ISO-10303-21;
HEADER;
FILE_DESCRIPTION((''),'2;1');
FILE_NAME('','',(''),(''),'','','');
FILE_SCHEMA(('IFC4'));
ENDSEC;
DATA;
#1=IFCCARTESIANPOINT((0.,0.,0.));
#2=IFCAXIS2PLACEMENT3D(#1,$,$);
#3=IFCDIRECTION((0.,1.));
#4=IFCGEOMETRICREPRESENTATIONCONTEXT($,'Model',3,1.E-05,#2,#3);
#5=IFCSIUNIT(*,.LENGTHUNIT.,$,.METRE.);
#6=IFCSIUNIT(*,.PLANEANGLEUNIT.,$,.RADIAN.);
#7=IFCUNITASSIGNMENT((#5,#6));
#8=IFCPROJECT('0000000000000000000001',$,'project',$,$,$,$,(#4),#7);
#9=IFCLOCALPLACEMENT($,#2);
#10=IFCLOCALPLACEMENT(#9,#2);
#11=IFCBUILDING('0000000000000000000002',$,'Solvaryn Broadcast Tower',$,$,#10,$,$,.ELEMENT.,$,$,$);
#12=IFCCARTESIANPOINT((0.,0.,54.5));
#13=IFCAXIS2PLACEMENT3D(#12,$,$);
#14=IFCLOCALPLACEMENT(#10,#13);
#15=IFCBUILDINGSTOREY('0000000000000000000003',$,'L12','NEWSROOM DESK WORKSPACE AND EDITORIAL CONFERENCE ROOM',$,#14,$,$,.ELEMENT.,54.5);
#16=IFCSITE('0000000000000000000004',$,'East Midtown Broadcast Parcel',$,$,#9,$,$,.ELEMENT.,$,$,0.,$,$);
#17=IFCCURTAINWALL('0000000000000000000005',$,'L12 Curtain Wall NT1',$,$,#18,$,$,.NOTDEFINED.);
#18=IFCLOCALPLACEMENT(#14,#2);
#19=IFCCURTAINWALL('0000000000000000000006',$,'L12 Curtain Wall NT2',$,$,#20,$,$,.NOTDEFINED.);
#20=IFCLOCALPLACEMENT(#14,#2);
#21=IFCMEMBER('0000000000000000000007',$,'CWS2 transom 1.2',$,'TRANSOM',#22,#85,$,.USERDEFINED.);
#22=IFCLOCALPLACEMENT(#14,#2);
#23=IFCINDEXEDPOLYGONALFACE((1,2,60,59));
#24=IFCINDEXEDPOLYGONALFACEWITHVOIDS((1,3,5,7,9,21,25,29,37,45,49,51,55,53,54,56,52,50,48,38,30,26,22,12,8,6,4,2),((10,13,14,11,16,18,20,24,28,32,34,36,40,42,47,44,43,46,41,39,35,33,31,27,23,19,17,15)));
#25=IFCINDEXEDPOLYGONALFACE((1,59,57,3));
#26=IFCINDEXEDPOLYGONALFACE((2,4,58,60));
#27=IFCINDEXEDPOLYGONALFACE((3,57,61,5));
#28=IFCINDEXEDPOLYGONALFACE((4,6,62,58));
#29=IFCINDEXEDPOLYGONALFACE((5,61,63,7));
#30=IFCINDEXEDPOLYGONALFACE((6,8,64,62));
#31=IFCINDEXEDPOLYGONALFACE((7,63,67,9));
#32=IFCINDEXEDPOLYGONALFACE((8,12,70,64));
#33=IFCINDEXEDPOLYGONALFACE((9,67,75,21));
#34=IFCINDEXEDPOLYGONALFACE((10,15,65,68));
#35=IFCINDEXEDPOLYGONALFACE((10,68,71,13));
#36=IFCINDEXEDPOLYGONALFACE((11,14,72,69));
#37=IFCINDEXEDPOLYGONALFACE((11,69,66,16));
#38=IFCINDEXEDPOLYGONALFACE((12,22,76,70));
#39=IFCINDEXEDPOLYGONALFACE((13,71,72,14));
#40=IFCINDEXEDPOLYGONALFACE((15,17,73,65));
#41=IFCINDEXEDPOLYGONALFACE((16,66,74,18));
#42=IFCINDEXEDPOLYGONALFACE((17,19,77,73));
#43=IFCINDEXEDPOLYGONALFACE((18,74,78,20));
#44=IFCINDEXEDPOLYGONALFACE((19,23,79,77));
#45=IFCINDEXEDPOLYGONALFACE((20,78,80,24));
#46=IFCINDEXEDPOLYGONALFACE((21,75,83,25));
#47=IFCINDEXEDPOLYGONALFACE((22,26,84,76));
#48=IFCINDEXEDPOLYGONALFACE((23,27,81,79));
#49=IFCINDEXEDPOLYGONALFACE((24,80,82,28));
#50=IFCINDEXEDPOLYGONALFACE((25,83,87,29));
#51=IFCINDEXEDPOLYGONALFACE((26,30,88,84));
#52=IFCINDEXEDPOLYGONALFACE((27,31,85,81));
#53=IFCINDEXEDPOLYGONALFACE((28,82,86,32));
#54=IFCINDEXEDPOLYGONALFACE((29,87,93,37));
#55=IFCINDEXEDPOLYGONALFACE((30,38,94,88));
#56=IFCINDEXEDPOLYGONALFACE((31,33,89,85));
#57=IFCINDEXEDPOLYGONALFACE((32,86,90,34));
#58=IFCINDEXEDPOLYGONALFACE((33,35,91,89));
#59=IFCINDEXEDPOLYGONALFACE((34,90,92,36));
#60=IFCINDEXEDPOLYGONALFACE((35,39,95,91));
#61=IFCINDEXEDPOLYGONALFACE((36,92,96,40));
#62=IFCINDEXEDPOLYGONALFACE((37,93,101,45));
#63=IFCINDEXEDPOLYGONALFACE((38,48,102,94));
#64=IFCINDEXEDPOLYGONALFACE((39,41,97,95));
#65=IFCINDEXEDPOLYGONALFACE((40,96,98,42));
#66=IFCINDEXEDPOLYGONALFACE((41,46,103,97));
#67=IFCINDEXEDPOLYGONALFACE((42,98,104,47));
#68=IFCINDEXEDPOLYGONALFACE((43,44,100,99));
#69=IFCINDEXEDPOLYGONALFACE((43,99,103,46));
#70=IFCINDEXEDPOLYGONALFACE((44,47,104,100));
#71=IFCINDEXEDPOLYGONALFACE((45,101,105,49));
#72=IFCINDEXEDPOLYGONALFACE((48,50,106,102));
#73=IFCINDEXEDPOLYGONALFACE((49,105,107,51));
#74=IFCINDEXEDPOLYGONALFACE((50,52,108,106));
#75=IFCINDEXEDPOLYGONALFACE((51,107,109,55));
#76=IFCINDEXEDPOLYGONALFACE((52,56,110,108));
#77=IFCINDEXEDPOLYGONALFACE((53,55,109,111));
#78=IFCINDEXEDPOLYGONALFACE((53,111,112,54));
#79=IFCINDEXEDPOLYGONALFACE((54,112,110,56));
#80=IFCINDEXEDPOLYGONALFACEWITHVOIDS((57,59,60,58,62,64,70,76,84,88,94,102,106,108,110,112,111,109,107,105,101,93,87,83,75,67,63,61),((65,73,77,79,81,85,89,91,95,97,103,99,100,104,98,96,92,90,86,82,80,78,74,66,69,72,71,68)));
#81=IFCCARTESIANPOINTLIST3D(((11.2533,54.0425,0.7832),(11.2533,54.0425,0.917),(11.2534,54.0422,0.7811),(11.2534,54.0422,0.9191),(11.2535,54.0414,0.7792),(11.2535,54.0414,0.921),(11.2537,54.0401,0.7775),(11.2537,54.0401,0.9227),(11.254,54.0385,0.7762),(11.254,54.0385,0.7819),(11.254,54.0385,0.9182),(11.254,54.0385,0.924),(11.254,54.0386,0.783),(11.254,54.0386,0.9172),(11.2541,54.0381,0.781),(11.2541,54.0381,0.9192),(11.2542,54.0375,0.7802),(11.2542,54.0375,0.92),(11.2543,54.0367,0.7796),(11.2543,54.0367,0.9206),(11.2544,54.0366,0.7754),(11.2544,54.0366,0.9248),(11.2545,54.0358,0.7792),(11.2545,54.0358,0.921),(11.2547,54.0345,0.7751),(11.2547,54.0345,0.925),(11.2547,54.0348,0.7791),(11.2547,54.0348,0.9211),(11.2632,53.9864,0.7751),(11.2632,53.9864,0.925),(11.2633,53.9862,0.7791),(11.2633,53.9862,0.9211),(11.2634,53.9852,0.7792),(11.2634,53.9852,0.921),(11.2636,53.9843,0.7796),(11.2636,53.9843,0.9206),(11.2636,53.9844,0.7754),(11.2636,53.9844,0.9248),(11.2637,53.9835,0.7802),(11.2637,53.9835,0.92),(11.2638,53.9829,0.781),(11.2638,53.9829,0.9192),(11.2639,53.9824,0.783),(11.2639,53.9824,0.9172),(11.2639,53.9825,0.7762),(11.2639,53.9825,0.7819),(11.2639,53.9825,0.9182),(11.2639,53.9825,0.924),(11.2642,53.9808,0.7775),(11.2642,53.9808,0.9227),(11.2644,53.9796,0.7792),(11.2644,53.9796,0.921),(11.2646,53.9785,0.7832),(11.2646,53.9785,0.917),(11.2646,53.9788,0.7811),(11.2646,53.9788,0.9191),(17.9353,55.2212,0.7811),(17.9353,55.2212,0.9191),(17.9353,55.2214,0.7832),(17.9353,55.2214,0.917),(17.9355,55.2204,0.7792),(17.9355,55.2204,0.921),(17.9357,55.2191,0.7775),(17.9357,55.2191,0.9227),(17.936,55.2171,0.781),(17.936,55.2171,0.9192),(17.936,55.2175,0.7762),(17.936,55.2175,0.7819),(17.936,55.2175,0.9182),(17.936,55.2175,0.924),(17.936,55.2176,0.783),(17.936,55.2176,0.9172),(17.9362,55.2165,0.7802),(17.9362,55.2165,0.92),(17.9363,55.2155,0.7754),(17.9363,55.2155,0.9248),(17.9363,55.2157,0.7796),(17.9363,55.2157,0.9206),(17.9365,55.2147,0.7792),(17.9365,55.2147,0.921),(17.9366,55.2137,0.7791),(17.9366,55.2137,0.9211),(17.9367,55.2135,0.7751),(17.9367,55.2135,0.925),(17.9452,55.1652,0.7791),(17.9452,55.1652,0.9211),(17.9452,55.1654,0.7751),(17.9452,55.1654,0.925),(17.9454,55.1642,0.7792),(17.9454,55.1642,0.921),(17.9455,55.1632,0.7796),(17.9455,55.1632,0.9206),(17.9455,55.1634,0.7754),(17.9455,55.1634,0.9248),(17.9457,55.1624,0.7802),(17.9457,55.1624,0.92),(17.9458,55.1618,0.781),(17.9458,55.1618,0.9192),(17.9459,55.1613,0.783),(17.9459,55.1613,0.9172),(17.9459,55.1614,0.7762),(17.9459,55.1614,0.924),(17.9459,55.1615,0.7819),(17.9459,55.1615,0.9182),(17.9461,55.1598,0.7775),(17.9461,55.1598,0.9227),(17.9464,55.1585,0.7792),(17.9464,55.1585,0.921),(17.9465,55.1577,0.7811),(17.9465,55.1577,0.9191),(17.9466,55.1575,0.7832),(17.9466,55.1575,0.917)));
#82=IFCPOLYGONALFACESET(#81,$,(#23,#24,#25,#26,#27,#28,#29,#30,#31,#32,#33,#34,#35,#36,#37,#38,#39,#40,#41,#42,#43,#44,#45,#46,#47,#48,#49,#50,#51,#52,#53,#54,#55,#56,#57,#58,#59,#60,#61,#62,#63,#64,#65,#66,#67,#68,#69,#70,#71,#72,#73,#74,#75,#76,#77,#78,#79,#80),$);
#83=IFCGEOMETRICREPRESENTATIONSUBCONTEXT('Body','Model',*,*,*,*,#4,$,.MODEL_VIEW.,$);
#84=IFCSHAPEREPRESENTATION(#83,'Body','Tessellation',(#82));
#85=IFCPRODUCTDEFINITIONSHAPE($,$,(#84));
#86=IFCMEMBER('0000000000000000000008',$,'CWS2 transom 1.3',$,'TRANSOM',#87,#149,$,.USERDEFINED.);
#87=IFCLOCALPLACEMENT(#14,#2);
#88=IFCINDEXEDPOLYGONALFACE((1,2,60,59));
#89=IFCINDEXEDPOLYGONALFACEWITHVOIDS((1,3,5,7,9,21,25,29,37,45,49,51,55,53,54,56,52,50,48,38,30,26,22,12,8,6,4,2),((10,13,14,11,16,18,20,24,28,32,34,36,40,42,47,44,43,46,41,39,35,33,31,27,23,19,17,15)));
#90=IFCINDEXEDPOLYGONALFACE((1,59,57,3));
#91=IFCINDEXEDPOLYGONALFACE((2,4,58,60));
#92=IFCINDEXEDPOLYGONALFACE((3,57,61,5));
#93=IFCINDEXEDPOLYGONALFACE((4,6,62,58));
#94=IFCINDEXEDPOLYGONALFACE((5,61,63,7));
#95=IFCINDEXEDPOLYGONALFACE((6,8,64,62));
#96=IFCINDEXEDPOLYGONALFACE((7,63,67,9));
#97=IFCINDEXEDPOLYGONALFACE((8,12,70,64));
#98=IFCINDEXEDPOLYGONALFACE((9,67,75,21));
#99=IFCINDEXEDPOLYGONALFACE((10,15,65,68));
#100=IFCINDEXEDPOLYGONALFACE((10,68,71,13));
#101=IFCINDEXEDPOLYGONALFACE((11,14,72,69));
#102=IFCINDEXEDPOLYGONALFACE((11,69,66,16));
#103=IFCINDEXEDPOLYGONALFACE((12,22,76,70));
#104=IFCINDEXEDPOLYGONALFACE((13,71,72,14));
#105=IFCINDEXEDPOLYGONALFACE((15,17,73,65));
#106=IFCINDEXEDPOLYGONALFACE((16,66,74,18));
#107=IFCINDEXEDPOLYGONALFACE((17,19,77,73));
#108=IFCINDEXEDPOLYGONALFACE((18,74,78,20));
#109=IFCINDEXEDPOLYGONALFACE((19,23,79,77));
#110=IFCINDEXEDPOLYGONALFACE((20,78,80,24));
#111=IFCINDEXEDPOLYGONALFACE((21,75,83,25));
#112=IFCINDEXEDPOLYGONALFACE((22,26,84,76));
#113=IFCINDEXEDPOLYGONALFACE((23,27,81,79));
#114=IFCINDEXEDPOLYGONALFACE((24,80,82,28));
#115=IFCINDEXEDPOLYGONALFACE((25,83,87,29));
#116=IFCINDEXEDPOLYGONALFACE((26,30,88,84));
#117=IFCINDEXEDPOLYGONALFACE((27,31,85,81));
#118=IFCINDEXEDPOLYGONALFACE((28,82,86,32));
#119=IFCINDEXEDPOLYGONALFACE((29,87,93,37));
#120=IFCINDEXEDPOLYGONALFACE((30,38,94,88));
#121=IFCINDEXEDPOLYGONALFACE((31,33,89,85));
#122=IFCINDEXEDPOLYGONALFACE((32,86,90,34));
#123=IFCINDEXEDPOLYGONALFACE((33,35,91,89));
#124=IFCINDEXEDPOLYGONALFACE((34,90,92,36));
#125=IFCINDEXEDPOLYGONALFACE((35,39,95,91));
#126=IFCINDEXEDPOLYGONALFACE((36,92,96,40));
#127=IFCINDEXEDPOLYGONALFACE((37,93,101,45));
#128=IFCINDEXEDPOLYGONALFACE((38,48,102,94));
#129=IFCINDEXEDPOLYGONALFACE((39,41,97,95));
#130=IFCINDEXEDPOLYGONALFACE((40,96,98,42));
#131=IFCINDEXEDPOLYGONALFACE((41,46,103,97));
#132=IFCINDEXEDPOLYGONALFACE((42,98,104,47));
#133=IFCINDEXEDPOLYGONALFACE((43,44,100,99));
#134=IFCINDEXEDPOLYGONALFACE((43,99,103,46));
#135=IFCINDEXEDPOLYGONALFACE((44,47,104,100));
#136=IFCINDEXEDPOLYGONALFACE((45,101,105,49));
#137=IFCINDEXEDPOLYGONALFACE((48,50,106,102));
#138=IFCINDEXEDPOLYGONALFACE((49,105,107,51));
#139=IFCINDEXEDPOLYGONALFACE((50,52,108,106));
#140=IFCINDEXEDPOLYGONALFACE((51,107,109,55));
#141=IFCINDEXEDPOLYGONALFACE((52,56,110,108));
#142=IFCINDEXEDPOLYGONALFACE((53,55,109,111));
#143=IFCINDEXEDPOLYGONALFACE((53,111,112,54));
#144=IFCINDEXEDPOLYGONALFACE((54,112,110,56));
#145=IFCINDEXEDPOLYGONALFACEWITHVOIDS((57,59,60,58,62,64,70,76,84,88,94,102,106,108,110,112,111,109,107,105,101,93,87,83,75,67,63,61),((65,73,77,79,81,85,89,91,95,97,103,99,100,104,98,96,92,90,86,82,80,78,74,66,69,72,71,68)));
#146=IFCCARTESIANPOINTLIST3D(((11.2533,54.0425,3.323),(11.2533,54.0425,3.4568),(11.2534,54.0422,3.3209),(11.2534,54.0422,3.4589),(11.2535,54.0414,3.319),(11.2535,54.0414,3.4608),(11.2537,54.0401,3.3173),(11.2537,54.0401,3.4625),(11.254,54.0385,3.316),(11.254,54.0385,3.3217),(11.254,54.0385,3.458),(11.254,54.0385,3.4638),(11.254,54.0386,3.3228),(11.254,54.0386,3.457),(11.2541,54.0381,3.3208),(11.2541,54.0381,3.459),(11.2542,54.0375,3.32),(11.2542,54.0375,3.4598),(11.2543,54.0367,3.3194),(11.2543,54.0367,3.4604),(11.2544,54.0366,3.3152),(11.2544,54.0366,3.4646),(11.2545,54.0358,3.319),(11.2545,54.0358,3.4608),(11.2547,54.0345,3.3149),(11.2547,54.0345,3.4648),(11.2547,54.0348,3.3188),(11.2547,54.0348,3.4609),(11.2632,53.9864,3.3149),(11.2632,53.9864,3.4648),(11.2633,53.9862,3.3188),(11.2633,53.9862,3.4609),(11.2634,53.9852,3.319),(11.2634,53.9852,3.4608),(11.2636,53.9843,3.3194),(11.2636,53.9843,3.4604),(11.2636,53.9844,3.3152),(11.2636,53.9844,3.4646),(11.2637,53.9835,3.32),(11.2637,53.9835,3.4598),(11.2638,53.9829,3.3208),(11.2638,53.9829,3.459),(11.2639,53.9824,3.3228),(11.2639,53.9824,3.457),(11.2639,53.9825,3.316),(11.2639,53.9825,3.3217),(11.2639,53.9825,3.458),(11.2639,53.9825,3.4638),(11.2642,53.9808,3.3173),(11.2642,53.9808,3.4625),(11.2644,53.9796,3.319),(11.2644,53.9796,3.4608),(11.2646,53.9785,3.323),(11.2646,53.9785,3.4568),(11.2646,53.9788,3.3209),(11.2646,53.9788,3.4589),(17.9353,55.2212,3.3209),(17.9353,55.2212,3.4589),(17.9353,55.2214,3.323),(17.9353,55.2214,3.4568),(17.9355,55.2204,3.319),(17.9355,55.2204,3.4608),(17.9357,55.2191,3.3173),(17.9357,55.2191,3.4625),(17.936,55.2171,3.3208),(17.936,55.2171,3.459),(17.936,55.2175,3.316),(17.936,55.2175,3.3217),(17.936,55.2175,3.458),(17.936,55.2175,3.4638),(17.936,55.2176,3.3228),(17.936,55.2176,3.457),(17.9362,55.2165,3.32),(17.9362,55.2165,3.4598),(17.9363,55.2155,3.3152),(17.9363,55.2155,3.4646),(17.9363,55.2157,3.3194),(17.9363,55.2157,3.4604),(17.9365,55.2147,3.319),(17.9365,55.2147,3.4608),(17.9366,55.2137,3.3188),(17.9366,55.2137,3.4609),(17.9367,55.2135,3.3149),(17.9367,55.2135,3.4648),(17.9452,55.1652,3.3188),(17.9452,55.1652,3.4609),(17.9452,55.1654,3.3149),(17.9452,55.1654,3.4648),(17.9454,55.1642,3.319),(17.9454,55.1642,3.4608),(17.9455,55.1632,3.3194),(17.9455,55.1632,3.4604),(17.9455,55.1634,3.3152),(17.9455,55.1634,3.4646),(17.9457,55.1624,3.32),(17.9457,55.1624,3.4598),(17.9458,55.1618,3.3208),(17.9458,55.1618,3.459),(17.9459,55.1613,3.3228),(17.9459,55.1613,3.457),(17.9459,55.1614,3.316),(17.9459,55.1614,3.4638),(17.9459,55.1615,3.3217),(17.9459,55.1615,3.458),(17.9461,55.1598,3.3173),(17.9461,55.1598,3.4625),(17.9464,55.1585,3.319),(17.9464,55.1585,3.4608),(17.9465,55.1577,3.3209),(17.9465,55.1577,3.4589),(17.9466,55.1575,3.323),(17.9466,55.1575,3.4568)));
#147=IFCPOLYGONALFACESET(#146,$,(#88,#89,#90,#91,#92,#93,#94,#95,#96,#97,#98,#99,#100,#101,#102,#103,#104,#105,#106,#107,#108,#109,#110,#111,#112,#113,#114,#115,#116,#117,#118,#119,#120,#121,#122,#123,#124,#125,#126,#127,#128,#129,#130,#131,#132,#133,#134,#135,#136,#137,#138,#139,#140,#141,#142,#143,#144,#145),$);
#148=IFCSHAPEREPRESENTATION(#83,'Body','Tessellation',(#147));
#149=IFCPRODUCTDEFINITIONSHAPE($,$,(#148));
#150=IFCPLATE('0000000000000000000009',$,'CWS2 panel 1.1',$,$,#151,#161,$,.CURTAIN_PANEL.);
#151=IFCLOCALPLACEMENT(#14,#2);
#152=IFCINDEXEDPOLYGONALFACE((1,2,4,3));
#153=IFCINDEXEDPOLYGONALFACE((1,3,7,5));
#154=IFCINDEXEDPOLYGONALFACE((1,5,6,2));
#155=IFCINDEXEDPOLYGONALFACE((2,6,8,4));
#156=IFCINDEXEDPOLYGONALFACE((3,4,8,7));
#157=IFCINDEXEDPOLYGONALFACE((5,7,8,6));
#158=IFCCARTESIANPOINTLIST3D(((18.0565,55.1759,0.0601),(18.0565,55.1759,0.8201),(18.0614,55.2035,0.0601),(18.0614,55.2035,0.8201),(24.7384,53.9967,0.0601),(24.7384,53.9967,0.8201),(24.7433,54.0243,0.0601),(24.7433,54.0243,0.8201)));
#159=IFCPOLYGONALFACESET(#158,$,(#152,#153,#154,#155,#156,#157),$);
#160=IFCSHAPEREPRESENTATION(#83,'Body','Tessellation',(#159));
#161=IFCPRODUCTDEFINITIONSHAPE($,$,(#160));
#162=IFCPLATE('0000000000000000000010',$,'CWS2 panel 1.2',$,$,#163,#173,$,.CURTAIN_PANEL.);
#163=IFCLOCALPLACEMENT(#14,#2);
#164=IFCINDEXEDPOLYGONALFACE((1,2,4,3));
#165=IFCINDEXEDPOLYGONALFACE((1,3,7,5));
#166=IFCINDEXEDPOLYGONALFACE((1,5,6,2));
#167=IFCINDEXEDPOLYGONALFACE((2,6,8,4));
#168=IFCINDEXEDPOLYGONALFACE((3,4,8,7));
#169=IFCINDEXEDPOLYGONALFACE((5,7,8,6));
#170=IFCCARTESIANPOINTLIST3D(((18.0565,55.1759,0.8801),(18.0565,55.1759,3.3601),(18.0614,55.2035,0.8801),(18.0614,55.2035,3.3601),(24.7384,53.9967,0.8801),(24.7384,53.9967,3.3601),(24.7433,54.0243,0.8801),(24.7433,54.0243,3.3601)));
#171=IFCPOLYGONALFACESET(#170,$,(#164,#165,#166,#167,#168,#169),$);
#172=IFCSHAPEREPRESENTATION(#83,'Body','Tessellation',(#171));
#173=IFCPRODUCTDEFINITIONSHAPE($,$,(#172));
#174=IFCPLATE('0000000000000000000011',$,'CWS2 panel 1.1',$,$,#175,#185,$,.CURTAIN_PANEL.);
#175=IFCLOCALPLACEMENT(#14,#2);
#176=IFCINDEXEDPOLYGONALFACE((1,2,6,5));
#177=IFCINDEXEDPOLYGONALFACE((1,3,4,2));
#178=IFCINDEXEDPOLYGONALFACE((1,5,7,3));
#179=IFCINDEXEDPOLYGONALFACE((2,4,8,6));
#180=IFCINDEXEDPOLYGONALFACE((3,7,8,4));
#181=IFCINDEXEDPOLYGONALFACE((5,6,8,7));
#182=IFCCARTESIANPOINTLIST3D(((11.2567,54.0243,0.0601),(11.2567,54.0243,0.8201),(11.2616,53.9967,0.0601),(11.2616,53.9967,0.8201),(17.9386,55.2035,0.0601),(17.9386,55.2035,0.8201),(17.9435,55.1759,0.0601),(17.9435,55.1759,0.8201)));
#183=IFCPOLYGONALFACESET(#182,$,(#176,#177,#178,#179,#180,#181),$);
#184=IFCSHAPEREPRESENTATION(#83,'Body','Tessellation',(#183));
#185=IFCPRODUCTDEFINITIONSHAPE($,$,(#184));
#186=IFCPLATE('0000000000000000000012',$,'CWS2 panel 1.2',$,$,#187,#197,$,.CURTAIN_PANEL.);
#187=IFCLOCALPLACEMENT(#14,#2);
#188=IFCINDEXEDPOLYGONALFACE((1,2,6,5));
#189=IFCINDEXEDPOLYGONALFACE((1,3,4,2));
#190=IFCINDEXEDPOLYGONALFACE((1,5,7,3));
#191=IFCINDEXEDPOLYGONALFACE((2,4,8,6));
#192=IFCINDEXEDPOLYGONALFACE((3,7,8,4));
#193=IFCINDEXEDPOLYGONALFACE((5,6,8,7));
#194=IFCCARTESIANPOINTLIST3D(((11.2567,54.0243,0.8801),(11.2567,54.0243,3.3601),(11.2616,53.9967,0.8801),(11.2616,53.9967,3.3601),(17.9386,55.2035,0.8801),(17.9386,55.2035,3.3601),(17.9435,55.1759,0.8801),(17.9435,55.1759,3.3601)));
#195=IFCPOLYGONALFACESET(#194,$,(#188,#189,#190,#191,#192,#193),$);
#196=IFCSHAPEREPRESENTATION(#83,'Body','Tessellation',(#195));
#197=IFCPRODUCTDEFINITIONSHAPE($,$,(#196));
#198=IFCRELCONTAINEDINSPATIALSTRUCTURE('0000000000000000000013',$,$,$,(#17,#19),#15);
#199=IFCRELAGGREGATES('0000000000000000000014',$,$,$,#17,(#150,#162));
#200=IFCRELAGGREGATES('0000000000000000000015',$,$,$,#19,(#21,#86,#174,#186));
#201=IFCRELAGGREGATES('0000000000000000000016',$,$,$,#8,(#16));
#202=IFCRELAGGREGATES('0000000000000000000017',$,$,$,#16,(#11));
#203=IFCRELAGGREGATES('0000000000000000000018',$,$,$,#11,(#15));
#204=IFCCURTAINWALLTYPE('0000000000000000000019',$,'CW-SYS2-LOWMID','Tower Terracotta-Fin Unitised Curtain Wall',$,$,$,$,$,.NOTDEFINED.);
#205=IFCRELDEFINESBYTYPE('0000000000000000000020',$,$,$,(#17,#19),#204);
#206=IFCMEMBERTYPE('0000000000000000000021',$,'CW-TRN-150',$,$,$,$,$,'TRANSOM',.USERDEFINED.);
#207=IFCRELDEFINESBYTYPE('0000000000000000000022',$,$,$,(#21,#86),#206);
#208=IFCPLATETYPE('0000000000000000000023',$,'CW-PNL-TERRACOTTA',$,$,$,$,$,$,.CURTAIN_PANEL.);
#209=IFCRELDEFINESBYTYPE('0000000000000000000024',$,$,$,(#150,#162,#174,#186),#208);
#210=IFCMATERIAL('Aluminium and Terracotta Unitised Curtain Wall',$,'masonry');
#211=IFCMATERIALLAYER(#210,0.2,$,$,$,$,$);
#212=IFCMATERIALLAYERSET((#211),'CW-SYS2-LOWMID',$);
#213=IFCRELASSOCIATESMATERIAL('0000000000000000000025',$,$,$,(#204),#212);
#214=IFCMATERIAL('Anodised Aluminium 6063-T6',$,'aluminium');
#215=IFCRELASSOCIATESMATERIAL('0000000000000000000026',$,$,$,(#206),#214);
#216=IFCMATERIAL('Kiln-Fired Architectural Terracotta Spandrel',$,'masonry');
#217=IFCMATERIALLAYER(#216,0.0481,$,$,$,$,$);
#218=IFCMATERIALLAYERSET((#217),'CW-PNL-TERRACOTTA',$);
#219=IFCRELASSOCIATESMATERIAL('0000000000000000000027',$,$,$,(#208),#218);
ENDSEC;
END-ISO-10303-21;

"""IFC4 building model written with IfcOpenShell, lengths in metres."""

from ifc_helpers import new_model, si_unit, direction, frame, origin, origin_2d, place, context, subcontext, project, spatial, rectangle, hollow_rectangle, extrude, material, layer, layer_set, material_profile, profile_set, type_object, element, aggregate, save


model = new_model("IFC4")

# Units and contexts
model_context = context("Model", 3, precision=1e-05, world=origin(), true_north=direction((0.0, 1.0)))
body_context = subcontext(model_context, "Body", "Model", "MODEL_VIEW")
ifc_project = project(units=[si_unit("LENGTHUNIT", "METRE"), si_unit("PLANEANGLEUNIT", "RADIAN")], contexts=[model_context])

# Site, building, storey
site_placement = place(None, origin())
site = spatial("IfcSite", under=ifc_project, at=site_placement, Name="East Midtown Broadcast Parcel", CompositionType="ELEMENT", RefElevation=0.0)
building_placement = place(site_placement, origin())
building = spatial("IfcBuilding", under=site, at=building_placement, Name="Solvaryn Broadcast Tower", CompositionType="ELEMENT")
storey_placement = place(building_placement, frame((0.0, 0.0, 54.5)))
storey = spatial("IfcBuildingStorey", under=building, at=storey_placement, Name="L12", Description="NEWSROOM DESK WORKSPACE AND EDITORIAL CONFERENCE ROOM", CompositionType="ELEMENT", Elevation=54.5)

# Curtain walls
ifc_material_1 = material(Name="Aluminium and Terracotta Unitised Curtain Wall", Category="masonry")
ifc_layer_1 = layer(ifc_material_1, 0.2)
ifc_layer_set_1 = layer_set([ifc_layer_1], Name="CW-SYS2-LOWMID")
curtain_wall_type = type_object("IfcCurtainWallType", Name="CW-SYS2-LOWMID", Description="Tower Terracotta-Fin Unitised Curtain Wall", PredefinedType="NOTDEFINED", material=ifc_layer_set_1)
curtain_wall_1_placement = place(storey_placement, origin())
curtain_wall_1 = element("IfcCurtainWall", 1, at=curtain_wall_1_placement, inside=storey, type_object=curtain_wall_type, Name="L12 Curtain Wall NT1", PredefinedType="NOTDEFINED")
curtain_wall_2_placement = place(storey_placement, origin())
curtain_wall_2 = element("IfcCurtainWall", 2, at=curtain_wall_2_placement, inside=storey, type_object=curtain_wall_type, Name="L12 Curtain Wall NT2", PredefinedType="NOTDEFINED")

# Members
ifc_material_2 = material(Name="Anodised Aluminium 6063-T6", Category="aluminium")
ifc_material_profile_1 = material_profile(ifc_material_2, hollow_rectangle(XDim=0.0649, YDim=0.1499, WallThickness=0.0039, InnerFilletRadius=0.0039, OuterFilletRadius=0.0081, at=origin_2d()))
ifc_profile_set_1 = profile_set([ifc_material_profile_1], Name="Anodised Aluminium 6063-T6")
member_type_1 = type_object("IfcMemberType", Name="CW-TRN-150", ElementType="TRANSOM", PredefinedType="USERDEFINED", material=ifc_profile_set_1)
member_1_placement = place(storey_placement, frame((17.9409, 55.1895, 0.8501), z_axis=(-0.984789, -0.173757, 0.0), x_axis=(0.173757, -0.984789, 0.0)))
member_1 = element("IfcMember", 3, at=member_1_placement, type_object=member_type_1, Name="CWS2 transom 1.2", ObjectType="TRANSOM", PredefinedType="USERDEFINED", context=body_context, shape_type="SweptSolid", body=[
    extrude(hollow_rectangle(XDim=0.0649, YDim=0.1499, WallThickness=0.0039, InnerFilletRadius=0.0039, OuterFilletRadius=0.0081, at=origin_2d()), origin(), (0.0, 0.0, 1.0), 6.7852),
])
member_2_placement = place(storey_placement, frame((17.9409, 55.1895, 3.3899), z_axis=(-0.984789, -0.173757, 0.0), x_axis=(0.173757, -0.984789, 0.0)))
member_2 = element("IfcMember", 4, at=member_2_placement, type_object=member_type_1, Name="CWS2 transom 1.3", ObjectType="TRANSOM", PredefinedType="USERDEFINED", context=body_context, shape_type="SweptSolid", body=[
    extrude(hollow_rectangle(XDim=0.0649, YDim=0.1499, WallThickness=0.0039, InnerFilletRadius=0.0039, OuterFilletRadius=0.0081, at=origin_2d()), origin(), (0.0, 0.0, 1.0), 6.7852),
])

# Plates
ifc_material_3 = material(Name="Kiln-Fired Architectural Terracotta Spandrel", Category="masonry")
ifc_layer_2 = layer(ifc_material_3, 0.0481)
ifc_layer_set_2 = layer_set([ifc_layer_2], Name="CW-PNL-TERRACOTTA")
plate_type = type_object("IfcPlateType", Name="CW-PNL-TERRACOTTA", PredefinedType="CURTAIN_PANEL", material=ifc_layer_set_2)
plate_1_placement = place(storey_placement, frame((21.3999, 54.6001, 0.0601), z_axis=(0.0, 0.0, 1.0), x_axis=(-0.984784, 0.173785, 0.0)))
plate_1 = element("IfcPlate", 5, at=plate_1_placement, type_object=plate_type, Name="CWS2 panel 1.1", PredefinedType="CURTAIN_PANEL", context=body_context, shape_type="SweptSolid", body=[
    extrude(rectangle(XDim=6.7852, YDim=0.0281, at=origin_2d()), origin(), (0.0, 0.0, 1.0), 0.76),
])
plate_2_placement = place(storey_placement, frame((21.3999, 54.6001, 0.8801), z_axis=(0.0, 0.0, 1.0), x_axis=(-0.984784, 0.173785, 0.0)))
plate_2 = element("IfcPlate", 6, at=plate_2_placement, type_object=plate_type, Name="CWS2 panel 1.2", PredefinedType="CURTAIN_PANEL", context=body_context, shape_type="SweptSolid", body=[
    extrude(rectangle(XDim=6.7852, YDim=0.0281, at=origin_2d()), origin(), (0.0, 0.0, 1.0), 2.48),
])
aggregate(curtain_wall_1, [plate_1, plate_2])
plate_3_placement = place(storey_placement, frame((14.6001, 54.6001, 0.0601), z_axis=(0.0, 0.0, 1.0), x_axis=(-0.984784, -0.173785, 0.0)))
plate_3 = element("IfcPlate", 7, at=plate_3_placement, type_object=plate_type, Name="CWS2 panel 1.1", PredefinedType="CURTAIN_PANEL", context=body_context, shape_type="SweptSolid", body=[
    extrude(rectangle(XDim=6.7852, YDim=0.0281, at=origin_2d()), origin(), (0.0, 0.0, 1.0), 0.76),
])
plate_4_placement = place(storey_placement, frame((14.6001, 54.6001, 0.8801), z_axis=(0.0, 0.0, 1.0), x_axis=(-0.984784, -0.173785, 0.0)))
plate_4 = element("IfcPlate", 8, at=plate_4_placement, type_object=plate_type, Name="CWS2 panel 1.2", PredefinedType="CURTAIN_PANEL", context=body_context, shape_type="SweptSolid", body=[
    extrude(rectangle(XDim=6.7852, YDim=0.0281, at=origin_2d()), origin(), (0.0, 0.0, 1.0), 2.48),
])
aggregate(curtain_wall_2, [member_1, member_2, plate_3, plate_4])

save(model, "model.ifc")
